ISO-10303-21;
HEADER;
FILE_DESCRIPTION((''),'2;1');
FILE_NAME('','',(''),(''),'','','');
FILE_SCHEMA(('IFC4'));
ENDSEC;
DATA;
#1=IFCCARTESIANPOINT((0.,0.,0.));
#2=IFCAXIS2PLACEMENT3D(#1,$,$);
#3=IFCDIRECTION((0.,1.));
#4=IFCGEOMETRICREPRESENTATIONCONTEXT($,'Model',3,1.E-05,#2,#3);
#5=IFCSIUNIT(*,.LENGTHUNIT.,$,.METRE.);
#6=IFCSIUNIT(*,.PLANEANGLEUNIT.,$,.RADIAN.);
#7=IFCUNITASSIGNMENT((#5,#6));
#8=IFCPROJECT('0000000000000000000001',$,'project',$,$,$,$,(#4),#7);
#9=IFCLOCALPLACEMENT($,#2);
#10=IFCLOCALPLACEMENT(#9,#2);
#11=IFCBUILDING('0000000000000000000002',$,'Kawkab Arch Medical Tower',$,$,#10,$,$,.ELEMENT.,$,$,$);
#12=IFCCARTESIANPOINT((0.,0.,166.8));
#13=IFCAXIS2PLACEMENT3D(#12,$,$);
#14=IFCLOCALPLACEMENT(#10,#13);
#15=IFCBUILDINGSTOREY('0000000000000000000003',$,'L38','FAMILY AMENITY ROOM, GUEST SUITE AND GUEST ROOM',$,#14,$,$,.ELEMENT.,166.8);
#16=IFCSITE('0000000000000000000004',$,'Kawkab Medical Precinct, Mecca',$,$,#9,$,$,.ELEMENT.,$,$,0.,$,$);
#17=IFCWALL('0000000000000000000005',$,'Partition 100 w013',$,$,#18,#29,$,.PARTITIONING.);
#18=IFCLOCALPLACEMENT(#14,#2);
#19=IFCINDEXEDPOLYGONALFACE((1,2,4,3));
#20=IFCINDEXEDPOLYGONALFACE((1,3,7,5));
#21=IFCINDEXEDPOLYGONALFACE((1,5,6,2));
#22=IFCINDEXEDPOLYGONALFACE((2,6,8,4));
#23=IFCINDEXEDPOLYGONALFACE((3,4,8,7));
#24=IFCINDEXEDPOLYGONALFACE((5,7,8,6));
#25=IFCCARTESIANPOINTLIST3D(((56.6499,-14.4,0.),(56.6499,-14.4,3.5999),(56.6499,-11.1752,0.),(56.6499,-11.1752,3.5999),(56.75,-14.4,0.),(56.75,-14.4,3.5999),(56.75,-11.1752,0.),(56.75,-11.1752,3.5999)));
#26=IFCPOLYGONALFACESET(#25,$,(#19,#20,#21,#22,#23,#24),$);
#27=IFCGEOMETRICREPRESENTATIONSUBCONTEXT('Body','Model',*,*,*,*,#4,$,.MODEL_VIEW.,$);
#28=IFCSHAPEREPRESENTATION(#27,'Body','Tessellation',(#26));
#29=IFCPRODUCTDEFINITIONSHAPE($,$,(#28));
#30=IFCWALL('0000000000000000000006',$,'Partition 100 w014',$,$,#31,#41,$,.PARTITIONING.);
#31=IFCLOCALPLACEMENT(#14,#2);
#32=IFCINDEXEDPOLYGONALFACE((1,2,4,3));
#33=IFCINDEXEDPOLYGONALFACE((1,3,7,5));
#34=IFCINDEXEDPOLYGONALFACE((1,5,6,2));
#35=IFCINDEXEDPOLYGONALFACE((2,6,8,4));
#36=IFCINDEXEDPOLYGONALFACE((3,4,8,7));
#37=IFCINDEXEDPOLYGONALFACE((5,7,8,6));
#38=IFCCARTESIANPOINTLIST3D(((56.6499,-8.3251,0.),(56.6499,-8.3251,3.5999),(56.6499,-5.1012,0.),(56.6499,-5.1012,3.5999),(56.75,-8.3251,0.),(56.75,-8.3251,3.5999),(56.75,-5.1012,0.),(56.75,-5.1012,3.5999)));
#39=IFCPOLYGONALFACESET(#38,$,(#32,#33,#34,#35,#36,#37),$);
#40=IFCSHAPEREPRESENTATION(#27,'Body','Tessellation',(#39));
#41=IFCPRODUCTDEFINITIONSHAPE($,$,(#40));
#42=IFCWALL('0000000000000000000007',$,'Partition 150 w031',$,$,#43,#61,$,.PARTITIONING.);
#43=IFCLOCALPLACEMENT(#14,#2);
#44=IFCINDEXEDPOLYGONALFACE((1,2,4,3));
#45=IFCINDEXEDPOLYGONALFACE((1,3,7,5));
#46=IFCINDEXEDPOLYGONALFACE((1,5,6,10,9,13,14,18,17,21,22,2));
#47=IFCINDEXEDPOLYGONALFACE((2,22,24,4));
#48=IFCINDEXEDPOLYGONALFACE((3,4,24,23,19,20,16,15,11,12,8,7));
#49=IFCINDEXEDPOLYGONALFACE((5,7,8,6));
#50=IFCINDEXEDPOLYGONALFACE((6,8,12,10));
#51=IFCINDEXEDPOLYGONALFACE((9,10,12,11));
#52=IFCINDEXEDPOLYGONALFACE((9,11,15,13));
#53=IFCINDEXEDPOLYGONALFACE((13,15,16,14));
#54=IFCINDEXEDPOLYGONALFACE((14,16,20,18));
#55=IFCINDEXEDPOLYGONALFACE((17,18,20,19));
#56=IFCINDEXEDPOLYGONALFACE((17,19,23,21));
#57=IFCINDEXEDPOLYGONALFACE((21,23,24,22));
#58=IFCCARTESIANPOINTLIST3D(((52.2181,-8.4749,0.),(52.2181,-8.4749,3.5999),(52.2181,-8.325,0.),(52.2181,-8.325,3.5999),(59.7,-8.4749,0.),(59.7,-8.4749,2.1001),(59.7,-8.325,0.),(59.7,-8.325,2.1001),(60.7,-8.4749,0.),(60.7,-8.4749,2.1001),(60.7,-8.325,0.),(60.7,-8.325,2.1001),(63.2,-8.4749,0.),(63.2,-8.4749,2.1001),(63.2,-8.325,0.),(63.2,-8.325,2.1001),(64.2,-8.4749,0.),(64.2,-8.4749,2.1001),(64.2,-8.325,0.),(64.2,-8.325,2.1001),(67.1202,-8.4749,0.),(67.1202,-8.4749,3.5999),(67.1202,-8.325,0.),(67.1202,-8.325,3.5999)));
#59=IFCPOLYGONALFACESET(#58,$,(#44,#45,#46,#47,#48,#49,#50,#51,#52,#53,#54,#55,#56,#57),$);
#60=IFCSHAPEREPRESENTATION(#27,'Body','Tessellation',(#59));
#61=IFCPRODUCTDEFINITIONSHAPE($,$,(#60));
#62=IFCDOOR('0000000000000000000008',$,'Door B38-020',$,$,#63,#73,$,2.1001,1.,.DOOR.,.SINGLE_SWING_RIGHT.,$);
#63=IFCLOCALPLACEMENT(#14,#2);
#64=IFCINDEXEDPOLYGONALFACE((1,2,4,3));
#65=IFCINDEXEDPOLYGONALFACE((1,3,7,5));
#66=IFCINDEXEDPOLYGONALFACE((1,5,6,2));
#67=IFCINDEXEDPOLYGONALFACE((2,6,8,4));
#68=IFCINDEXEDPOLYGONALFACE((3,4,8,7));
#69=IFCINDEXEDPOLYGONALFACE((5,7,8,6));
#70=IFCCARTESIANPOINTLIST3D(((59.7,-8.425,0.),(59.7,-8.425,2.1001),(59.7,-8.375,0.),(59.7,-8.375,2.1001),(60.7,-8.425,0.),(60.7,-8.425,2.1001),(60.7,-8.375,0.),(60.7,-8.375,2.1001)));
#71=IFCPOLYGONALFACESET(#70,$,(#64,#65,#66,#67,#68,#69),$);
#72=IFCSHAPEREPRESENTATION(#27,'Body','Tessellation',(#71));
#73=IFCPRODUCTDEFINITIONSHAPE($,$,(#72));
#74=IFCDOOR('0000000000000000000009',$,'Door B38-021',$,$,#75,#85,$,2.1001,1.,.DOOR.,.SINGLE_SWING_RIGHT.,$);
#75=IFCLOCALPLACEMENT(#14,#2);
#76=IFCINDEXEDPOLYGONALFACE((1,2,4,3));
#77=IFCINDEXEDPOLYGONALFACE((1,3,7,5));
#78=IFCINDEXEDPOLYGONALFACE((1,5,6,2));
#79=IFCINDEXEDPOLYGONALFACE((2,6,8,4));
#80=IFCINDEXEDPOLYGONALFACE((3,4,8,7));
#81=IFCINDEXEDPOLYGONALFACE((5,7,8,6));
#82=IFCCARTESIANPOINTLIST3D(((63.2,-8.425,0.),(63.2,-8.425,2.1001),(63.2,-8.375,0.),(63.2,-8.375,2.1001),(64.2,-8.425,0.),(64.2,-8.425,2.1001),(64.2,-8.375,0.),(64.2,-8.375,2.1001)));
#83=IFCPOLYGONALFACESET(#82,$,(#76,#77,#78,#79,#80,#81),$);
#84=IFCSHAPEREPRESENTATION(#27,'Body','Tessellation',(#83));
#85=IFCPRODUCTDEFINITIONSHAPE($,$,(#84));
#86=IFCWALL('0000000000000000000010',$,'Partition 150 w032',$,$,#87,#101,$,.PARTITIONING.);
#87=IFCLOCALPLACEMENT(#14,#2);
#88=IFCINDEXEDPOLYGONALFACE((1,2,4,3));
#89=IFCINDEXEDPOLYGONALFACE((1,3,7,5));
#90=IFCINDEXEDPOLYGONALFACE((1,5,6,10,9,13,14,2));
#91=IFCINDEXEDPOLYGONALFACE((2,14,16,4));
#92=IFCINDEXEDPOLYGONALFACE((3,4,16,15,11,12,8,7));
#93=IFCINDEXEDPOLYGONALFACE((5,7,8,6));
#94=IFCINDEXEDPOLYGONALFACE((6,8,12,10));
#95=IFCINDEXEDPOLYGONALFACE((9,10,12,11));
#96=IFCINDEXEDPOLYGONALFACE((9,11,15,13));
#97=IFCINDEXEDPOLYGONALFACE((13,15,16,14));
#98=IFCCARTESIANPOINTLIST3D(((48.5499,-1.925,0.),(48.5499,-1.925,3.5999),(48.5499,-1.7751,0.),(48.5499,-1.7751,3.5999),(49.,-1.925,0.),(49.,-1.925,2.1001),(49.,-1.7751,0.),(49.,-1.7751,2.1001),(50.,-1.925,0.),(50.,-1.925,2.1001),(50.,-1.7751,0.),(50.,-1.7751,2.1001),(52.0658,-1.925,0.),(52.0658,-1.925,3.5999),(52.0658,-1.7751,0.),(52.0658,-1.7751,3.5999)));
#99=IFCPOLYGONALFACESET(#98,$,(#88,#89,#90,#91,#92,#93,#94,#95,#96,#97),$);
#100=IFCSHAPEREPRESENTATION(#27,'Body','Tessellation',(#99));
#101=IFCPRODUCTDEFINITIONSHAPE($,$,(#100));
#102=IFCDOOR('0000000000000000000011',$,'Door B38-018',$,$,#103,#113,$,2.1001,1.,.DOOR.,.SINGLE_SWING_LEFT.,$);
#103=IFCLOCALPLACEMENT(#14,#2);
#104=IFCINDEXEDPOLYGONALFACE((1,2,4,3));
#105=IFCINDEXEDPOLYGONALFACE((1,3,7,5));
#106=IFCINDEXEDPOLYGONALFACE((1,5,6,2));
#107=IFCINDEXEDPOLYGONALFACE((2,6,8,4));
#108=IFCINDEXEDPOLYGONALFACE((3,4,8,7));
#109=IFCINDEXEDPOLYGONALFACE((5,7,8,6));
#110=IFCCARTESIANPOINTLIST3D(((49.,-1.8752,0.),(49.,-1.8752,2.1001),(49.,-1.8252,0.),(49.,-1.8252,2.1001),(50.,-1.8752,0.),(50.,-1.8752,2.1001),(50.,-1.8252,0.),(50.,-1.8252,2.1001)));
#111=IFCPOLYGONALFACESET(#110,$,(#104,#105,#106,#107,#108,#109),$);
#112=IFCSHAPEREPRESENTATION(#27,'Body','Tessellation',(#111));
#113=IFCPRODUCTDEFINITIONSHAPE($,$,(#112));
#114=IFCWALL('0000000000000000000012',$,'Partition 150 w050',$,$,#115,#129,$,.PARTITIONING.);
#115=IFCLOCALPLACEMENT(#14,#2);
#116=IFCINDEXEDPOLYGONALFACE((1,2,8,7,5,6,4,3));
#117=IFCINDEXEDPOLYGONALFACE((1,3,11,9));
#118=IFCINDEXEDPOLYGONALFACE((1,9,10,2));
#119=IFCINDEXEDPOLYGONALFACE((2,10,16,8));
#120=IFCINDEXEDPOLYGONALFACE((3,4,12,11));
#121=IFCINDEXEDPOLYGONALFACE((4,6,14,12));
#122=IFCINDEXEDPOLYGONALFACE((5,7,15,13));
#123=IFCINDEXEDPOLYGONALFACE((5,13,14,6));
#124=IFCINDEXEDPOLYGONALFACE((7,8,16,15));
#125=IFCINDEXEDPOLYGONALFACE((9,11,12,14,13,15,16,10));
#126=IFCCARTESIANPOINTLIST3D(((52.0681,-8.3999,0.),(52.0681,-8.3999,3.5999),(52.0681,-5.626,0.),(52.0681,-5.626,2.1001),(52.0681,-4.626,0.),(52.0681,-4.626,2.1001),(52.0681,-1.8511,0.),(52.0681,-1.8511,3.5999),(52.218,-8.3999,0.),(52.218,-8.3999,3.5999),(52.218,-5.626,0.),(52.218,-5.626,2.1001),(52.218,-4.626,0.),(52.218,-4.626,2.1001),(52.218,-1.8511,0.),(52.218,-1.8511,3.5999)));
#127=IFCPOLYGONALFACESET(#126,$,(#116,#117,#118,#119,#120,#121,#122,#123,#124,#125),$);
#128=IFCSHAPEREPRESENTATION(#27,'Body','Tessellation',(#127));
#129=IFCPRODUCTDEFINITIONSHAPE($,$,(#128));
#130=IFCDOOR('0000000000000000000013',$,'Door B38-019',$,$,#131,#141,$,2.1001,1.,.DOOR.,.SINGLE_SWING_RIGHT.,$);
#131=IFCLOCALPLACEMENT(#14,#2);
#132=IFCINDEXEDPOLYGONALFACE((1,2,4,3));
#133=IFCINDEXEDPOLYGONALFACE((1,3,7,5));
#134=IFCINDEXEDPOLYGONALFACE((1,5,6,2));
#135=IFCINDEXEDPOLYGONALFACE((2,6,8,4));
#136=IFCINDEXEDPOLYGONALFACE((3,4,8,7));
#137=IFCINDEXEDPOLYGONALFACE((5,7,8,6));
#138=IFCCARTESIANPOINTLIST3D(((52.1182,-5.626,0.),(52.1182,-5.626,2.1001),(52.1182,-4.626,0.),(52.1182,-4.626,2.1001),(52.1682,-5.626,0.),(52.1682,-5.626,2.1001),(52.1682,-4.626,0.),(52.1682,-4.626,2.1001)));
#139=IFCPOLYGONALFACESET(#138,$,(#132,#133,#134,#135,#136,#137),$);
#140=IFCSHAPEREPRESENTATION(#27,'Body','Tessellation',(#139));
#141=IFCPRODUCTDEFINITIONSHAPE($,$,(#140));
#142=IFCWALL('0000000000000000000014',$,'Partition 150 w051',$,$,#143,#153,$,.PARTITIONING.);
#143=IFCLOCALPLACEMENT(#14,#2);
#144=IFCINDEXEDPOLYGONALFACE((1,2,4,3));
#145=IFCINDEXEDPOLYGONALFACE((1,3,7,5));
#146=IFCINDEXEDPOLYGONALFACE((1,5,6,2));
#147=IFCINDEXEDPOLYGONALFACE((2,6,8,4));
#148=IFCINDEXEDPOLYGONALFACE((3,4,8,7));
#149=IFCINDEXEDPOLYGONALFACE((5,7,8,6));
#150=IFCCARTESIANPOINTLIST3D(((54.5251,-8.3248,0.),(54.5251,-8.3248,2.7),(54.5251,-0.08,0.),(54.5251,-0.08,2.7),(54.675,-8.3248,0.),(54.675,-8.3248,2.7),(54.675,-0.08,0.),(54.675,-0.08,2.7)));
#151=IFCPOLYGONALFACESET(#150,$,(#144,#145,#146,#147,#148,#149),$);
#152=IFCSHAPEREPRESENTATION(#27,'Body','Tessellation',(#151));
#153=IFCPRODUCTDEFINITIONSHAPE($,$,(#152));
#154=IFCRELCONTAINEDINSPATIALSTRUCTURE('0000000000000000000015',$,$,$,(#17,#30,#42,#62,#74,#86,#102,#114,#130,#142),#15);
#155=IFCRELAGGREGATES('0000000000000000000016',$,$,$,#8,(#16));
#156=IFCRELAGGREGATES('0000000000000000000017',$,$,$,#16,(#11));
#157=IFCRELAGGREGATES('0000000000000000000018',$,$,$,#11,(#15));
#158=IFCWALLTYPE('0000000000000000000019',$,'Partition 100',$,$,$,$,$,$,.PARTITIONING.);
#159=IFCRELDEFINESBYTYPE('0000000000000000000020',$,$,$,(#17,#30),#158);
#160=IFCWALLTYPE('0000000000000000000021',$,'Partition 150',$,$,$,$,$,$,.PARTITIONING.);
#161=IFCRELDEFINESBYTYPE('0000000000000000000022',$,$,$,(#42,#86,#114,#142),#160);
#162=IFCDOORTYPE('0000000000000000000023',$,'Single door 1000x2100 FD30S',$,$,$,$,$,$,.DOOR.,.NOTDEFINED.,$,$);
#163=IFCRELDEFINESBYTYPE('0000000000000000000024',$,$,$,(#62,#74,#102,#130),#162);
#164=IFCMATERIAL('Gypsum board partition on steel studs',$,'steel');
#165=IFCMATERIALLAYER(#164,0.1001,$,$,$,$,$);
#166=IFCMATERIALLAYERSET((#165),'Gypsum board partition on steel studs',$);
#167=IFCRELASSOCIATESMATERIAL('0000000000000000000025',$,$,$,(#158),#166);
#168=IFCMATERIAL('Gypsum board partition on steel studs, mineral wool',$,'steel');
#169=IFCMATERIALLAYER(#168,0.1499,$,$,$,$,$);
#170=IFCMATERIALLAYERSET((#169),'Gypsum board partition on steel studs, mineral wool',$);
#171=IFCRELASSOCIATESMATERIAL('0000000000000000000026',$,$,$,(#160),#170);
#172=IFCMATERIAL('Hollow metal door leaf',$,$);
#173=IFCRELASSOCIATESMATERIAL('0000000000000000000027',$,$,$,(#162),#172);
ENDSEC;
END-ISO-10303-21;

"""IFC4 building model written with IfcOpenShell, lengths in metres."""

from ifc_helpers import new_model, si_unit, direction, frame, frame_2d, origin, place, context, subcontext, project, spatial, rectangle, extrude, material, layer, layer_set, type_object, element, fill, save


model = new_model("IFC4")

# Units and contexts
model_context = context("Model", 3, precision=1e-05, world=origin(), true_north=direction((0.0, 1.0)))
body_context = subcontext(model_context, "Body", "Model", "MODEL_VIEW")
ifc_project = project(units=[si_unit("LENGTHUNIT", "METRE"), si_unit("PLANEANGLEUNIT", "RADIAN")], contexts=[model_context])

# Site, building, storey
site_placement = place(None, origin())
site = spatial("IfcSite", under=ifc_project, at=site_placement, Name="Kawkab Medical Precinct, Mecca", CompositionType="ELEMENT", RefElevation=0.0)
building_placement = place(site_placement, origin())
building = spatial("IfcBuilding", under=site, at=building_placement, Name="Kawkab Arch Medical Tower", CompositionType="ELEMENT")
storey_placement = place(building_placement, frame((0.0, 0.0, 166.8)))
storey = spatial("IfcBuildingStorey", under=building, at=storey_placement, Name="L38", Description="FAMILY AMENITY ROOM, GUEST SUITE AND GUEST ROOM", CompositionType="ELEMENT", Elevation=166.8)

# Shared definitions
ifc_material_1 = material(Name="Gypsum board partition on steel studs", Category="steel")
ifc_layer_1 = layer(ifc_material_1, 0.1001)
ifc_layer_set_1 = layer_set([ifc_layer_1], Name="Gypsum board partition on steel studs")
wall_type_1 = type_object("IfcWallType", Name="Partition 100", PredefinedType="PARTITIONING", material=ifc_layer_set_1)

# Walls
for number, where, z_axis, x_axis, name in (
    (1, (56.7, -14.3999, 0.0), (0.0, 0.0, 1.0), (0.0, 1.0, 0.0), "Partition 100 w013"),
):
    element("IfcWall", number, at=place(storey_placement, frame(where, z_axis=z_axis, x_axis=x_axis)), inside=storey, type_object=wall_type_1, Name=name, PredefinedType="PARTITIONING", context=body_context, shape_type="SweptSolid", body=[
        extrude(rectangle(XDim=3.2249, YDim=0.1001, at=frame_2d((1.6123, 0.0))), origin(), (0.0, 0.0, 1.0), 3.5999),
    ])
wall_1_placement = place(storey_placement, frame((56.7, -8.325, 0.0), z_axis=(0.0, 0.0, 1.0), x_axis=(0.0, 1.0, 0.0)))
element("IfcWall", 2, at=wall_1_placement, inside=storey, type_object=wall_type_1, Name="Partition 100 w014", PredefinedType="PARTITIONING", context=body_context, shape_type="SweptSolid", body=[
    extrude(rectangle(XDim=3.2239, YDim=0.1001, at=frame_2d((1.6118, 0.0))), origin(), (0.0, 0.0, 1.0), 3.5999),
])

# Wall, openings, doors
ifc_material_2 = material(Name="Gypsum board partition on steel studs, mineral wool", Category="steel")
ifc_layer_2 = layer(ifc_material_2, 0.1499)
ifc_layer_set_2 = layer_set([ifc_layer_2], Name="Gypsum board partition on steel studs, mineral wool")
wall_type_2 = type_object("IfcWallType", Name="Partition 150", PredefinedType="PARTITIONING", material=ifc_layer_set_2)
wall_2_placement = place(storey_placement, frame((52.218, -8.3999, 0.0), z_axis=(0.0, 0.0, 1.0), x_axis=(1.0, 0.0, 0.0)))
wall_2 = element("IfcWall", 3, at=wall_2_placement, inside=storey, type_object=wall_type_2, Name="Partition 150 w031", PredefinedType="PARTITIONING", context=body_context, shape_type="SweptSolid", body=[
    extrude(rectangle(XDim=14.9021, YDim=0.1499, at=frame_2d((7.4512, 0.0))), origin(), (0.0, 0.0, 1.0), 3.5999),
])
opening_1_placement = place(wall_2_placement, frame((7.4819, 0.0, 0.0)))
opening_1 = element("IfcOpeningElement", 4, at=opening_1_placement, cuts=wall_2, PredefinedType="OPENING", context=body_context, shape_type="SweptSolid", body=[
    extrude(rectangle(XDim=1.0, YDim=2.1001, at=frame_2d((0.5, 1.05))), frame((0.0, 0.085, 0.0), z_axis=(0.0, -1.0, 0.0), x_axis=(1.0, 0.0, 0.0)), (0.0, 0.0, 1.0), 0.1699),
])
opening_2_placement = place(wall_2_placement, frame((10.9819, 0.0, 0.0)))
opening_2 = element("IfcOpeningElement", 5, at=opening_2_placement, cuts=wall_2, PredefinedType="OPENING", context=body_context, shape_type="SweptSolid", body=[
    extrude(rectangle(XDim=1.0, YDim=2.1001, at=frame_2d((0.5, 1.05))), frame((0.0, 0.085, 0.0), z_axis=(0.0, -1.0, 0.0), x_axis=(1.0, 0.0, 0.0)), (0.0, 0.0, 1.0), 0.1699),
])
ifc_material_3 = material(Name="Hollow metal door leaf")
door_type_1 = type_object("IfcDoorType", Name="Single door 1000x2100 FD30S", OperationType="NOTDEFINED", PredefinedType="DOOR", material=ifc_material_3)
door_1_placement = place(opening_1_placement, origin())
door_1 = element("IfcDoor", 6, at=door_1_placement, inside=storey, type_object=door_type_1, Name="Door B38-020", OperationType="SINGLE_SWING_RIGHT", OverallHeight=2.1001, OverallWidth=1.0, PredefinedType="DOOR", context=body_context, shape_type="SweptSolid", body=[
    extrude(rectangle(XDim=1.0, YDim=2.1001, at=frame_2d((0.5, 1.05))), frame((0.0, 0.0249, 0.0), z_axis=(0.0, -1.0, 0.0), x_axis=(1.0, 0.0, 0.0)), (0.0, 0.0, 1.0), 0.05),
])
fill(opening_1, door_1)
door_2_placement = place(opening_2_placement, origin())
door_2 = element("IfcDoor", 7, at=door_2_placement, inside=storey, type_object=door_type_1, Name="Door B38-021", OperationType="SINGLE_SWING_RIGHT", OverallHeight=2.1001, OverallWidth=1.0, PredefinedType="DOOR", context=body_context, shape_type="SweptSolid", body=[
    extrude(rectangle(XDim=1.0, YDim=2.1001, at=frame_2d((0.5, 1.05))), frame((0.0, 0.0249, 0.0), z_axis=(0.0, -1.0, 0.0), x_axis=(1.0, 0.0, 0.0)), (0.0, 0.0, 1.0), 0.05),
])
fill(opening_2, door_2)

# Walls, openings, doors
wall_3_placement = place(storey_placement, frame((48.55, -1.8501, 0.0), z_axis=(0.0, 0.0, 1.0), x_axis=(1.0, 0.0, 0.0)))
wall_3 = element("IfcWall", 8, at=wall_3_placement, inside=storey, type_object=wall_type_2, Name="Partition 150 w032", PredefinedType="PARTITIONING", context=body_context, shape_type="SweptSolid", body=[
    extrude(rectangle(XDim=3.5159, YDim=0.1499, at=frame_2d((1.7578, 0.0))), origin(), (0.0, 0.0, 1.0), 3.5999),
])
opening_3_placement = place(wall_3_placement, frame((0.45, 0.0, 0.0)))
opening_3 = element("IfcOpeningElement", 9, at=opening_3_placement, cuts=wall_3, PredefinedType="OPENING", context=body_context, shape_type="SweptSolid", body=[
    extrude(rectangle(XDim=1.0, YDim=2.1001, at=frame_2d((0.5, 1.05))), frame((0.0, 0.085, 0.0), z_axis=(0.0, -1.0, 0.0), x_axis=(1.0, 0.0, 0.0)), (0.0, 0.0, 1.0), 0.1699),
])
door_3_placement = place(opening_3_placement, origin())
door_3 = element("IfcDoor", 10, at=door_3_placement, inside=storey, type_object=door_type_1, Name="Door B38-018", OperationType="SINGLE_SWING_LEFT", OverallHeight=2.1001, OverallWidth=1.0, PredefinedType="DOOR", context=body_context, shape_type="SweptSolid", body=[
    extrude(rectangle(XDim=1.0, YDim=2.1001, at=frame_2d((0.5, 1.05))), frame((0.0, 0.0249, 0.0), z_axis=(0.0, -1.0, 0.0), x_axis=(1.0, 0.0, 0.0)), (0.0, 0.0, 1.0), 0.05),
])
fill(opening_3, door_3)
wall_4_placement = place(storey_placement, frame((52.1431, -8.3999, 0.0), z_axis=(0.0, 0.0, 1.0), x_axis=(0.0, 1.0, 0.0)))
wall_4 = element("IfcWall", 11, at=wall_4_placement, inside=storey, type_object=wall_type_2, Name="Partition 150 w050", PredefinedType="PARTITIONING", context=body_context, shape_type="SweptSolid", body=[
    extrude(rectangle(XDim=6.5488, YDim=0.1499, at=frame_2d((3.2744, 0.0))), origin(), (0.0, 0.0, 1.0), 3.5999),
])
opening_4_placement = place(wall_4_placement, frame((2.7739, 0.0, 0.0)))
opening_4 = element("IfcOpeningElement", 12, at=opening_4_placement, cuts=wall_4, PredefinedType="OPENING", context=body_context, shape_type="SweptSolid", body=[
    extrude(rectangle(XDim=1.0, YDim=2.1001, at=frame_2d((0.5, 1.05))), frame((0.0, 0.085, 0.0), z_axis=(0.0, -1.0, 0.0), x_axis=(1.0, 0.0, 0.0)), (0.0, 0.0, 1.0), 0.1699),
])
door_4_placement = place(opening_4_placement, origin())
door_4 = element("IfcDoor", 13, at=door_4_placement, inside=storey, type_object=door_type_1, Name="Door B38-019", OperationType="SINGLE_SWING_RIGHT", OverallHeight=2.1001, OverallWidth=1.0, PredefinedType="DOOR", context=body_context, shape_type="SweptSolid", body=[
    extrude(rectangle(XDim=1.0, YDim=2.1001, at=frame_2d((0.5, 1.05))), frame((0.0, 0.0249, 0.0), z_axis=(0.0, -1.0, 0.0), x_axis=(1.0, 0.0, 0.0)), (0.0, 0.0, 1.0), 0.05),
])
fill(opening_4, door_4)

# Wall
wall_5_placement = place(storey_placement, frame((54.6001, -8.325, 0.0), z_axis=(0.0, 0.0, 1.0), x_axis=(0.0, 1.0, 0.0)))
element("IfcWall", 14, at=wall_5_placement, inside=storey, type_object=wall_type_2, Name="Partition 150 w051", PredefinedType="PARTITIONING", context=body_context, shape_type="SweptSolid", body=[
    extrude(rectangle(XDim=8.2449, YDim=0.1499, at=frame_2d((4.1226, 0.0))), origin(), (0.0, 0.0, 1.0), 2.7),
])

save(model, "model.ifc")
